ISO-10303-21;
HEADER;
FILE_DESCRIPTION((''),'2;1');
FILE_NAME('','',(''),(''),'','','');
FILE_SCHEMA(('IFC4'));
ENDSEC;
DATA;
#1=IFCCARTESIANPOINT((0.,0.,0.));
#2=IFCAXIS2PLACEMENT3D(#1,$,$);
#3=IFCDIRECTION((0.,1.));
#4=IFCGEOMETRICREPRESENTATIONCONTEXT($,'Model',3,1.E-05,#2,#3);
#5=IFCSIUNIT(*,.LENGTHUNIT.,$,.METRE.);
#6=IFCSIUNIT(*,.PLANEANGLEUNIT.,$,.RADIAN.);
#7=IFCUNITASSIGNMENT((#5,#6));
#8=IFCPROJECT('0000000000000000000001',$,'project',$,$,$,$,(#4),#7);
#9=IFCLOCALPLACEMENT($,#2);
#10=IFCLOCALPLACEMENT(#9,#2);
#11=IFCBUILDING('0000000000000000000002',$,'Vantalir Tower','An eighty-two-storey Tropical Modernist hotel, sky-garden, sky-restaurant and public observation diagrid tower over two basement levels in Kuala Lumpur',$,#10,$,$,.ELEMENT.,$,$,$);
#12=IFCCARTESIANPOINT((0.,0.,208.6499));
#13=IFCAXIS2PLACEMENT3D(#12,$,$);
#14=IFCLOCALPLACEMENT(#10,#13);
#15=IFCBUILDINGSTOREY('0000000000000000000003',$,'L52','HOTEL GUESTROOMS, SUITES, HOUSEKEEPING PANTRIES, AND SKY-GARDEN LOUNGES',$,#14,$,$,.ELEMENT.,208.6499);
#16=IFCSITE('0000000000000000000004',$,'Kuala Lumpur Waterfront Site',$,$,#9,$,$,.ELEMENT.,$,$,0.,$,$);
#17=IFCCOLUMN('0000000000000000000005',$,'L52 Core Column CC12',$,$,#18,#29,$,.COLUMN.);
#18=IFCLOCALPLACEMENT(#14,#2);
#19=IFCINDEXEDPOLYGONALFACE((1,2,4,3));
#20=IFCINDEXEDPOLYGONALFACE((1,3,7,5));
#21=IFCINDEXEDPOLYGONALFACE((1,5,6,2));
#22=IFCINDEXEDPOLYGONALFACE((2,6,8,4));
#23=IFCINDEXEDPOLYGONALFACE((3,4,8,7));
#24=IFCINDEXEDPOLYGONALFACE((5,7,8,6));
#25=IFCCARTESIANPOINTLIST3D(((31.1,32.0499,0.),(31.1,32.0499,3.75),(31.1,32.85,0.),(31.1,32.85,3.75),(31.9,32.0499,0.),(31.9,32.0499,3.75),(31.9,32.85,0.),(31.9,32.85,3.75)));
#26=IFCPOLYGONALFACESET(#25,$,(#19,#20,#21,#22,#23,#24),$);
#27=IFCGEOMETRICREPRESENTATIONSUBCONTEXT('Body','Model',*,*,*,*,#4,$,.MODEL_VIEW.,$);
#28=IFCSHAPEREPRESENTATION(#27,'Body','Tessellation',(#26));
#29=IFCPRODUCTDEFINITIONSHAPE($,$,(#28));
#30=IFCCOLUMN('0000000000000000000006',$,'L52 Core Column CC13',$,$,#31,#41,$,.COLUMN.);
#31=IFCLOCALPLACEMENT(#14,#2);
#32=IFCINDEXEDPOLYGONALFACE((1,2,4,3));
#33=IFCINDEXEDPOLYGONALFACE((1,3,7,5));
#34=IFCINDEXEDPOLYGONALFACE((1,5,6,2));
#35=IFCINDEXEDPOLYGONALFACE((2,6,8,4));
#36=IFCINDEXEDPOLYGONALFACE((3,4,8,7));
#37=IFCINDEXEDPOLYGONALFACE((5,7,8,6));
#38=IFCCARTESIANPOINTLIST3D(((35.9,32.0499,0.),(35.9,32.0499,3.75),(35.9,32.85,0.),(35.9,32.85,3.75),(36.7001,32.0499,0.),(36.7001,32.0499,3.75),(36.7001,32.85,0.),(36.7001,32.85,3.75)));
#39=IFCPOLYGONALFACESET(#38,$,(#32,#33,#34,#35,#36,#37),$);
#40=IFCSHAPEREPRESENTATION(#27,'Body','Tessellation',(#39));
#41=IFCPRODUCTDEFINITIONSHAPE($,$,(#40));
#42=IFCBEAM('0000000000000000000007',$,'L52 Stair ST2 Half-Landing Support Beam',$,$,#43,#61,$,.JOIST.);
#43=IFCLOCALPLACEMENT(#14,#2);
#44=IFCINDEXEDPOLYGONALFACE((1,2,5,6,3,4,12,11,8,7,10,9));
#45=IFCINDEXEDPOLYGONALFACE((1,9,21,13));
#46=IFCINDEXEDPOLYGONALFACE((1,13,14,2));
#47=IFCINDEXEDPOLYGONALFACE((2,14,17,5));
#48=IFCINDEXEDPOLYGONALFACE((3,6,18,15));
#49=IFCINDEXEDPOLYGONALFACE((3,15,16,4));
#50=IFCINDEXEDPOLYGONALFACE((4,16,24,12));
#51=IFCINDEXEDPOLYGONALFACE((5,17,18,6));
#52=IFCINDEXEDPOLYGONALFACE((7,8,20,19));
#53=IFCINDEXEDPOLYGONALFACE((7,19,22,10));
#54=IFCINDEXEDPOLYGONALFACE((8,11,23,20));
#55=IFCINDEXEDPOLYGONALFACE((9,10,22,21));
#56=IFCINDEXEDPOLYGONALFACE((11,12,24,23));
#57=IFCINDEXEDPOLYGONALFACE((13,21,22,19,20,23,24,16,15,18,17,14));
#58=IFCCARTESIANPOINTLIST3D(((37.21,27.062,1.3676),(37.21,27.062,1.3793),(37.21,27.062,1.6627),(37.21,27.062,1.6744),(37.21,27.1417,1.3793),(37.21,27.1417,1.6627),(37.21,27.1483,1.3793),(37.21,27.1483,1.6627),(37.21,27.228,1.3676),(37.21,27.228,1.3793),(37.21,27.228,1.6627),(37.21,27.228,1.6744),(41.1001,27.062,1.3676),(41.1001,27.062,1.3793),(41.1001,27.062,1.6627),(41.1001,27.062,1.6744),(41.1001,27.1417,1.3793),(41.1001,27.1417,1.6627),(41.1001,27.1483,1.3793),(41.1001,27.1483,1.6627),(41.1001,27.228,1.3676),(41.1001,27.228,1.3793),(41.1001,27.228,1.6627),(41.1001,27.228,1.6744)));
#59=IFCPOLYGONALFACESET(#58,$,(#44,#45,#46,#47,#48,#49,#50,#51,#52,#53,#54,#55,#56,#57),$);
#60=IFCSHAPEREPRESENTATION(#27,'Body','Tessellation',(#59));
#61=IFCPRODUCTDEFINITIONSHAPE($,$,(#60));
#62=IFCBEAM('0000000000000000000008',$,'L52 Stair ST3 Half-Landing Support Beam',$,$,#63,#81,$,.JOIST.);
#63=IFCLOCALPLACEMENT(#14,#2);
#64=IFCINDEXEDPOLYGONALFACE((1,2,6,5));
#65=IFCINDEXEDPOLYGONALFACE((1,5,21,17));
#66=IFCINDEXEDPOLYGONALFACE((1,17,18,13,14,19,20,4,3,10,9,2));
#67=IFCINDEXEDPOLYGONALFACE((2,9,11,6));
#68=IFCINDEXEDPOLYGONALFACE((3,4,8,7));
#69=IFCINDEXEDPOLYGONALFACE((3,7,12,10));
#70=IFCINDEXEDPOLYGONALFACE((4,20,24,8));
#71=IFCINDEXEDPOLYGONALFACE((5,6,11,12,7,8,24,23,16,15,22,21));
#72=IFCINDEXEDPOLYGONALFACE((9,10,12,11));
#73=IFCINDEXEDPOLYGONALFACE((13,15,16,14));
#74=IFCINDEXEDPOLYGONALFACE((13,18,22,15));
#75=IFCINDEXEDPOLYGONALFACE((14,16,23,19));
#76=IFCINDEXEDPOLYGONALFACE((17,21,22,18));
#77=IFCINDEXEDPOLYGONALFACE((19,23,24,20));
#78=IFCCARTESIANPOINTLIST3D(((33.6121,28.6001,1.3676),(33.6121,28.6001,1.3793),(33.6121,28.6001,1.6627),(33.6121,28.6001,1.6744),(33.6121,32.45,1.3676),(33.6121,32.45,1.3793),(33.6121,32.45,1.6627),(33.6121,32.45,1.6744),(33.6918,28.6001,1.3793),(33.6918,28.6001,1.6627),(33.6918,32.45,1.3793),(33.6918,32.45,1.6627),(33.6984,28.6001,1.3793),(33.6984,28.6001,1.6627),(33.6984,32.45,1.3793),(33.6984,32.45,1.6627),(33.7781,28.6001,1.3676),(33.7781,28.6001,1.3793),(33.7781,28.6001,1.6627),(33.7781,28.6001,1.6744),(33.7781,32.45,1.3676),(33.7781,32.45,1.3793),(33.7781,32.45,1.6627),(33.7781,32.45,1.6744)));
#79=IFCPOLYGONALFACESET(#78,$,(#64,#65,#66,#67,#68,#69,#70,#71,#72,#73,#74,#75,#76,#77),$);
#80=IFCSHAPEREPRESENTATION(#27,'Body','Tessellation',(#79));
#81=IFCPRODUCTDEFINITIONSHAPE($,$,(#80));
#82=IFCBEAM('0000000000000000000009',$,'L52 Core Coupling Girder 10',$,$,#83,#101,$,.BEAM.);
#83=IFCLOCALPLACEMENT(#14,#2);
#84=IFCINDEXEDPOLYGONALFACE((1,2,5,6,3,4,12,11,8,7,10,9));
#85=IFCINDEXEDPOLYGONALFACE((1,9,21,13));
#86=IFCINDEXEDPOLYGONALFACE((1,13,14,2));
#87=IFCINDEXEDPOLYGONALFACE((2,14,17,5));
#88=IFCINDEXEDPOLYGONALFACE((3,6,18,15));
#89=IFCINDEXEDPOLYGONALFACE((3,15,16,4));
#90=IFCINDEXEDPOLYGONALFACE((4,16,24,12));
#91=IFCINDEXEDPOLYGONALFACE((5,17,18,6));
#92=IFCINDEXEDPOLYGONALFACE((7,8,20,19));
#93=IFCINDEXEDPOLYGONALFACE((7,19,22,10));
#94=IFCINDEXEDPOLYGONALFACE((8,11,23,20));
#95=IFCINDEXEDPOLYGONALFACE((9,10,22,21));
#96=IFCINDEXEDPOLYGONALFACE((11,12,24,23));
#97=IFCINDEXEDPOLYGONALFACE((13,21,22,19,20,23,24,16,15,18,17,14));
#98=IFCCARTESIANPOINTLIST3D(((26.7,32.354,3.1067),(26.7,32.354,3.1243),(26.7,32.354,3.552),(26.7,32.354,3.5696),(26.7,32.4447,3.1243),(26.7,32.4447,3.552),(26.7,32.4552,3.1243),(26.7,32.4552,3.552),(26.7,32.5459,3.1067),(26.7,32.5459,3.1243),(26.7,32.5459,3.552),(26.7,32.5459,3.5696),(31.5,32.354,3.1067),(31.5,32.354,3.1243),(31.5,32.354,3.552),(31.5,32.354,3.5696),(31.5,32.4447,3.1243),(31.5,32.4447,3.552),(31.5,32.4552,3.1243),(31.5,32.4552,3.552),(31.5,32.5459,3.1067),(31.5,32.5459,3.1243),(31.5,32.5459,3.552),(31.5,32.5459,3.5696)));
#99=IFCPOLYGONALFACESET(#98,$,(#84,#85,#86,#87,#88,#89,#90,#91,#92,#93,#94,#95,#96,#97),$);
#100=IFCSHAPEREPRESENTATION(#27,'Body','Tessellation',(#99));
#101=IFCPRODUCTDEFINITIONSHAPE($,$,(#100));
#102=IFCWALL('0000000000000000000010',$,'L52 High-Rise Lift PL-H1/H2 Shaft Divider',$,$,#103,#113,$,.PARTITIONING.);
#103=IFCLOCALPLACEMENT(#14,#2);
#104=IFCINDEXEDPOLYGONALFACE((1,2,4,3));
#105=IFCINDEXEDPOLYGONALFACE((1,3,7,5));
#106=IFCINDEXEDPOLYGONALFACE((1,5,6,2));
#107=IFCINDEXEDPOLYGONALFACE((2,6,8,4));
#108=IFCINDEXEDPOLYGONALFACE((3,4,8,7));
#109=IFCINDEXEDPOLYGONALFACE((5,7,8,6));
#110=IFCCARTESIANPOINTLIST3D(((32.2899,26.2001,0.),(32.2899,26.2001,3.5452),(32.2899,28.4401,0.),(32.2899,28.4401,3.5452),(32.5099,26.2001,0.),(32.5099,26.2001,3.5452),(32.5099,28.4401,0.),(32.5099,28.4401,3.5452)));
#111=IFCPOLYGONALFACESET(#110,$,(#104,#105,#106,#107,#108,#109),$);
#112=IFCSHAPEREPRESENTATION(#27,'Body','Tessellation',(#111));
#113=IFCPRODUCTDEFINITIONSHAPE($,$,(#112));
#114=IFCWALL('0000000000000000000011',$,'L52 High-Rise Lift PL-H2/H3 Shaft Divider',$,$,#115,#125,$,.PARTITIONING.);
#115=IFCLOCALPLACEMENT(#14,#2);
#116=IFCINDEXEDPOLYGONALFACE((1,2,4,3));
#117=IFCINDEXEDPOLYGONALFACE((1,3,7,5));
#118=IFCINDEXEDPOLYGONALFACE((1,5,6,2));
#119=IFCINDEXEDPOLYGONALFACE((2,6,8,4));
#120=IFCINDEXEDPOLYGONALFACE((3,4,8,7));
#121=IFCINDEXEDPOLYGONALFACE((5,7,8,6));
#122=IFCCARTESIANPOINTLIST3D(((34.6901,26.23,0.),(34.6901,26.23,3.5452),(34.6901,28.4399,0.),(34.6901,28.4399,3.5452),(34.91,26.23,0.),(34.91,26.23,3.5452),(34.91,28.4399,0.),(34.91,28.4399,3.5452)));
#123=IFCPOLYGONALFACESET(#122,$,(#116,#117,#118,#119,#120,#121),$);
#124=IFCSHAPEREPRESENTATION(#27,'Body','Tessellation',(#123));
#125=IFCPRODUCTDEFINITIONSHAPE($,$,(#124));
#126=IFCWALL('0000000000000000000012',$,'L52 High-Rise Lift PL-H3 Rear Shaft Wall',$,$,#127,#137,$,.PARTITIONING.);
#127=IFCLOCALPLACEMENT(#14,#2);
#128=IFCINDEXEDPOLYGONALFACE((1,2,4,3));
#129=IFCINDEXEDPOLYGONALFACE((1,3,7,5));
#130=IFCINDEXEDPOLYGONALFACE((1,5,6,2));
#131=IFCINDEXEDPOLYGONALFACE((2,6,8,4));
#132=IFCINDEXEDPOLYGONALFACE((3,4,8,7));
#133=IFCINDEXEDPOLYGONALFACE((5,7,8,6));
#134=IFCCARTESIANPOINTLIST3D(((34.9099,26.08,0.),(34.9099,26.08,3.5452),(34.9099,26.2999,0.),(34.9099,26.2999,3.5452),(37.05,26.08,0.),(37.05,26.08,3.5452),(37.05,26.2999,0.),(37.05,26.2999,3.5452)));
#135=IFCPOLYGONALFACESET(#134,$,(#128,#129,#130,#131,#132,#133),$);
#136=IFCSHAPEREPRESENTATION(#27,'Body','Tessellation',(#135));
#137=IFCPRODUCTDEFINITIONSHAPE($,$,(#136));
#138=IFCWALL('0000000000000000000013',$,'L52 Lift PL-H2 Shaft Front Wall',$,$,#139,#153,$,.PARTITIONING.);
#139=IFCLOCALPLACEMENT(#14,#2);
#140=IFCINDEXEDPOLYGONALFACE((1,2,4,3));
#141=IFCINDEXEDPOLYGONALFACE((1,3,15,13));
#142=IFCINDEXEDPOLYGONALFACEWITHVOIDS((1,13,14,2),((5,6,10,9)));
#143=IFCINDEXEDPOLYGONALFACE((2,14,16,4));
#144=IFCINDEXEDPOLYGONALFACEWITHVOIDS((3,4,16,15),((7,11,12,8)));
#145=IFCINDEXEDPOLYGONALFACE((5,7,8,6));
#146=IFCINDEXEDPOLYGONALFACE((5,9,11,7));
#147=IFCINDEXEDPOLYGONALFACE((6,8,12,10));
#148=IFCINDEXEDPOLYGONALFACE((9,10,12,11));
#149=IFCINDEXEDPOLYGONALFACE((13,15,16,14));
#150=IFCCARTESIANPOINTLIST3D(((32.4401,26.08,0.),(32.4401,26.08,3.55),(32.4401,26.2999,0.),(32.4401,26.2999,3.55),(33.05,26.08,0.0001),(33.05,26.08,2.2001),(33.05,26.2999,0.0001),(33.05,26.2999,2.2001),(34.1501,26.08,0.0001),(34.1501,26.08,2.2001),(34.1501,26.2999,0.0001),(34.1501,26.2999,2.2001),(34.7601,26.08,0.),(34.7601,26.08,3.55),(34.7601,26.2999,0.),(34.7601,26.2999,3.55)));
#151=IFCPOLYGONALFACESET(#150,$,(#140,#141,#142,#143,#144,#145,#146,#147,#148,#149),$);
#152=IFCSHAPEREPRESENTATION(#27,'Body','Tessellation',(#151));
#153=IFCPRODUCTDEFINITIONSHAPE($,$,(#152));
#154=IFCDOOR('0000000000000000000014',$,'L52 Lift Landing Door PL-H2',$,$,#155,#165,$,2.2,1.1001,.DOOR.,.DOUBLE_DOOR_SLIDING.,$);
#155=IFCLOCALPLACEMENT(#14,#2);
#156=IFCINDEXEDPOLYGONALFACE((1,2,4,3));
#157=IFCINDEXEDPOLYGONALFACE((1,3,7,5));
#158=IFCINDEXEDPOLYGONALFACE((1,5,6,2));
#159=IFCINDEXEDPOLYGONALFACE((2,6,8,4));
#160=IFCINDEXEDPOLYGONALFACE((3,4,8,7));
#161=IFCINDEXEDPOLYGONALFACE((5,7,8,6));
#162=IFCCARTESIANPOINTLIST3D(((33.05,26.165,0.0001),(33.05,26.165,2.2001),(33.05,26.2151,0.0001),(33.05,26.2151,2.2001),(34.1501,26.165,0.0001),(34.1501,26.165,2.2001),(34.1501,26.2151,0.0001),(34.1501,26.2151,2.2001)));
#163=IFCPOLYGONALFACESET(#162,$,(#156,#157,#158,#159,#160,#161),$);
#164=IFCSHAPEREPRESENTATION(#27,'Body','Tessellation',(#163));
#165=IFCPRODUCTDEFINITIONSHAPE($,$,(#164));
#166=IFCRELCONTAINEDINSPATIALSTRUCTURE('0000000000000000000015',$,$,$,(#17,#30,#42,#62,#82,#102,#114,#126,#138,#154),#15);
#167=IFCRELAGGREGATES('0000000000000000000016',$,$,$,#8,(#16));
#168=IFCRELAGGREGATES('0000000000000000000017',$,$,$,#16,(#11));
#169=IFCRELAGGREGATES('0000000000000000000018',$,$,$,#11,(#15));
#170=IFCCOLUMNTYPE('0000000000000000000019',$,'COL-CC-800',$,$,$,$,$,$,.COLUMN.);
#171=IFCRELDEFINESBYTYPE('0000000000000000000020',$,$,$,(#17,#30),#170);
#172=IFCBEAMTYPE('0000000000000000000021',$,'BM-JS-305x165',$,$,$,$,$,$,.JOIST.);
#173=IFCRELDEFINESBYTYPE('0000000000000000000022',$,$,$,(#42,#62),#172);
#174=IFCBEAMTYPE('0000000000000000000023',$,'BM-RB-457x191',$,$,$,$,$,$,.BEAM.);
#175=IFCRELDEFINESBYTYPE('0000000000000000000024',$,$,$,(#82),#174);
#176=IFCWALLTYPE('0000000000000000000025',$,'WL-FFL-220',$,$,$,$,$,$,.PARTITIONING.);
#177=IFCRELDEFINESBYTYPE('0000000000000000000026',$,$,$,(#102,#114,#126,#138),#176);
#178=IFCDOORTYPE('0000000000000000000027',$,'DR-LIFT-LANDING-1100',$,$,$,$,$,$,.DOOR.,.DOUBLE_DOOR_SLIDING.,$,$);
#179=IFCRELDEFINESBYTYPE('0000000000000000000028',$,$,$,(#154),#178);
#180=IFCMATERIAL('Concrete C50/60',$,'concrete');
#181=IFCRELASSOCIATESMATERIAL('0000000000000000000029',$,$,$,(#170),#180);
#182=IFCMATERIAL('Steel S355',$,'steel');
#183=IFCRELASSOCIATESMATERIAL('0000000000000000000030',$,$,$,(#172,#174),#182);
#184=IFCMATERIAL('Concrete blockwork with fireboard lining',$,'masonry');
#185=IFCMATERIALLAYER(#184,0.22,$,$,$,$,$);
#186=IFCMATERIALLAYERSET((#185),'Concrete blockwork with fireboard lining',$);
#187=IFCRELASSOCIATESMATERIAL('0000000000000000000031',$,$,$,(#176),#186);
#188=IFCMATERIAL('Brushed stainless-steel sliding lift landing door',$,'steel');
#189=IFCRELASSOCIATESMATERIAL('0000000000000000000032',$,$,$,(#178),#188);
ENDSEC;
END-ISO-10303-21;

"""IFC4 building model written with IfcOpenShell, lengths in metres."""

from ifc_helpers import new_model, si_unit, direction, frame, frame_2d, origin, origin_2d, place, context, subcontext, project, spatial, rectangle, i_section, extrude, material, layer, layer_set, material_profile, profile_set, type_object, element, fill, save


model = new_model("IFC4")

# Units and contexts
model_context = context("Model", 3, precision=1e-05, world=origin(), true_north=direction((0.0, 1.0)))
body_context = subcontext(model_context, "Body", "Model", "MODEL_VIEW")
ifc_project = project(units=[si_unit("LENGTHUNIT", "METRE"), si_unit("PLANEANGLEUNIT", "RADIAN")], contexts=[model_context])

# Site, building, storey
site_placement = place(None, origin())
site = spatial("IfcSite", under=ifc_project, at=site_placement, Name="Kuala Lumpur Waterfront Site", CompositionType="ELEMENT", RefElevation=0.0)
building_placement = place(site_placement, origin())
building = spatial("IfcBuilding", under=site, at=building_placement, Name="Vantalir Tower", Description="An eighty-two-storey Tropical Modernist hotel, sky-garden, sky-restaurant and public observation diagrid tower over two basement levels in Kuala Lumpur", CompositionType="ELEMENT")
storey_placement = place(building_placement, frame((0.0, 0.0, 208.6499)))
storey = spatial("IfcBuildingStorey", under=building, at=storey_placement, Name="L52", Description="HOTEL GUESTROOMS, SUITES, HOUSEKEEPING PANTRIES, AND SKY-GARDEN LOUNGES", CompositionType="ELEMENT", Elevation=208.6499)

# Columns
ifc_material_1 = material(Name="Concrete C50/60", Category="concrete")
ifc_material_profile_1 = material_profile(ifc_material_1, rectangle(XDim=0.8, YDim=0.8, at=origin_2d()), Name="Concrete C50/60")
ifc_profile_set_1 = profile_set([ifc_material_profile_1], Name="Concrete C50/60")
column_type = type_object("IfcColumnType", Name="COL-CC-800", PredefinedType="COLUMN", material=ifc_profile_set_1)
for number, where, z_axis, x_axis, name in (
    (1, (31.5, 32.45, 0.0), (0.0, 0.0, 1.0), (1.0, 0.0, 0.0), "L52 Core Column CC12"),
    (2, (36.3, 32.45, 0.0), (0.0, 0.0, 1.0), (1.0, 0.0, 0.0), "L52 Core Column CC13"),
):
    element("IfcColumn", number, at=place(storey_placement, frame(where, z_axis=z_axis, x_axis=x_axis)), inside=storey, type_object=column_type, Name=name, PredefinedType="COLUMN", context=body_context, shape_type="SweptSolid", body=[
        extrude(rectangle(XDim=0.8, YDim=0.8, at=origin_2d()), origin(), (0.0, 0.0, 1.0), 3.75),
    ])

# Beams
ifc_material_2 = material(Name="Steel S355", Category="steel")
ifc_material_profile_2 = material_profile(ifc_material_2, i_section(OverallWidth=0.166, OverallDepth=0.3069, WebThickness=0.0066, FlangeThickness=0.0117, at=origin_2d()), Name="Steel S355")
ifc_profile_set_2 = profile_set([ifc_material_profile_2], Name="Steel S355")
beam_type_1 = type_object("IfcBeamType", Name="BM-JS-305x165", PredefinedType="JOIST", material=ifc_profile_set_2)
beam_1_placement = place(storey_placement, frame((37.21, 27.145, 1.521), z_axis=(1.0, 0.0, 0.0), x_axis=(0.0, 1.0, 0.0)))
element("IfcBeam", 3, at=beam_1_placement, inside=storey, type_object=beam_type_1, Name="L52 Stair ST2 Half-Landing Support Beam", PredefinedType="JOIST", context=body_context, shape_type="SweptSolid", body=[
    extrude(i_section(OverallWidth=0.166, OverallDepth=0.3069, WebThickness=0.0066, FlangeThickness=0.0117, at=origin_2d()), origin(), (0.0, 0.0, 1.0), 3.8901),
])
beam_2_placement = place(storey_placement, frame((33.6951, 28.6001, 1.521), z_axis=(0.0, 1.0, 0.0), x_axis=(-1.0, 0.0, 0.0)))
element("IfcBeam", 4, at=beam_2_placement, inside=storey, type_object=beam_type_1, Name="L52 Stair ST3 Half-Landing Support Beam", PredefinedType="JOIST", context=body_context, shape_type="SweptSolid", body=[
    extrude(i_section(OverallWidth=0.166, OverallDepth=0.3069, WebThickness=0.0066, FlangeThickness=0.0117, at=origin_2d()), origin(), (0.0, 0.0, 1.0), 3.8499),
])
ifc_material_profile_3 = material_profile(ifc_material_2, i_section(OverallWidth=0.1919, OverallDepth=0.4629, WebThickness=0.0105, FlangeThickness=0.0176, at=origin_2d()), Name="Steel S355")
ifc_profile_set_3 = profile_set([ifc_material_profile_3], Name="Steel S355")
beam_type_2 = type_object("IfcBeamType", Name="BM-RB-457x191", PredefinedType="BEAM", material=ifc_profile_set_3)
beam_3_placement = place(storey_placement, frame((31.5, 32.45, 3.3381), z_axis=(-1.0, 0.0, 0.0), x_axis=(0.0, -1.0, 0.0)))
element("IfcBeam", 5, at=beam_3_placement, inside=storey, type_object=beam_type_2, Name="L52 Core Coupling Girder 10", PredefinedType="BEAM", context=body_context, shape_type="SweptSolid", body=[
    extrude(i_section(OverallWidth=0.1919, OverallDepth=0.4629, WebThickness=0.0105, FlangeThickness=0.0176, at=origin_2d()), origin(), (0.0, 0.0, 1.0), 4.8),
])

# Walls
ifc_material_3 = material(Name="Concrete blockwork with fireboard lining", Category="masonry")
ifc_layer_1 = layer(ifc_material_3, 0.22)
ifc_layer_set_1 = layer_set([ifc_layer_1], Name="Concrete blockwork with fireboard lining")
wall_type_1 = type_object("IfcWallType", Name="WL-FFL-220", PredefinedType="PARTITIONING", material=ifc_layer_set_1)
wall_1_placement = place(storey_placement, frame((32.3999, 26.2, 0.0), z_axis=(0.0, 0.0, 1.0), x_axis=(0.0, 1.0, 0.0)))
element("IfcWall", 6, at=wall_1_placement, inside=storey, type_object=wall_type_1, Name="L52 High-Rise Lift PL-H1/H2 Shaft Divider", PredefinedType="PARTITIONING", context=body_context, shape_type="SweptSolid", body=[
    extrude(rectangle(XDim=2.24, YDim=0.22, at=frame_2d((1.1201, 0.0))), origin(), (0.0, 0.0, 1.0), 3.5452),
])
wall_2_placement = place(storey_placement, frame((34.8, 26.23, 0.0), z_axis=(0.0, 0.0, 1.0), x_axis=(0.0, 1.0, 0.0)))
element("IfcWall", 7, at=wall_2_placement, inside=storey, type_object=wall_type_1, Name="L52 High-Rise Lift PL-H2/H3 Shaft Divider", PredefinedType="PARTITIONING", context=body_context, shape_type="SweptSolid", body=[
    extrude(rectangle(XDim=2.21, YDim=0.22, at=frame_2d((1.105, 0.0))), origin(), (0.0, 0.0, 1.0), 3.5452),
])
wall_3_placement = place(storey_placement, frame((34.9099, 26.1899, 0.0), z_axis=(0.0, 0.0, 1.0), x_axis=(1.0, 0.0, 0.0)))
element("IfcWall", 8, at=wall_3_placement, inside=storey, type_object=wall_type_1, Name="L52 High-Rise Lift PL-H3 Rear Shaft Wall", PredefinedType="PARTITIONING", context=body_context, shape_type="SweptSolid", body=[
    extrude(rectangle(XDim=2.1401, YDim=0.22, at=frame_2d((1.0701, 0.0))), origin(), (0.0, 0.0, 1.0), 3.5452),
])

# Wall, opening, door
wall_4_placement = place(storey_placement, frame((32.4399, 26.1899, 0.0), z_axis=(0.0, 0.0, 1.0), x_axis=(1.0, 0.0, 0.0)))
wall_4 = element("IfcWall", 9, at=wall_4_placement, inside=storey, type_object=wall_type_1, Name="L52 Lift PL-H2 Shaft Front Wall", PredefinedType="PARTITIONING", context=body_context, shape_type="SweptSolid", body=[
    extrude(rectangle(XDim=2.3201, YDim=0.22, at=frame_2d((1.1602, 0.0))), origin(), (0.0, 0.0, 1.0), 3.55),
])
opening_1_placement = place(wall_4_placement, frame((0.6101, 0.0, 0.0)))
opening_1 = element("IfcOpeningElement", 10, at=opening_1_placement, cuts=wall_4, PredefinedType="OPENING", context=body_context, shape_type="SweptSolid", body=[
    extrude(rectangle(XDim=1.1001, YDim=2.2, at=frame_2d((0.55, 1.1001))), frame((0.0, 0.1199, 0.0), z_axis=(0.0, -1.0, 0.0), x_axis=(1.0, 0.0, 0.0)), (0.0, 0.0, 1.0), 0.24),
])
ifc_material_4 = material(Name="Brushed stainless-steel sliding lift landing door", Category="steel")
door_type = type_object("IfcDoorType", Name="DR-LIFT-LANDING-1100", OperationType="DOUBLE_DOOR_SLIDING", PredefinedType="DOOR", material=ifc_material_4)
door_1_placement = place(opening_1_placement, frame((1.1001, 0.0, 0.0), z_axis=(0.0, 0.0, 1.0), x_axis=(-1.0, 0.0, 0.0)))
door_1 = element("IfcDoor", 11, at=door_1_placement, inside=storey, type_object=door_type, Name="L52 Lift Landing Door PL-H2", OperationType="DOUBLE_DOOR_SLIDING", OverallHeight=2.2, OverallWidth=1.1001, PredefinedType="DOOR", context=body_context, shape_type="SweptSolid", body=[
    extrude(rectangle(XDim=1.1001, YDim=2.2, at=frame_2d((0.55, 1.1001))), frame((0.0, 0.0249, 0.0), z_axis=(0.0, -1.0, 0.0), x_axis=(1.0, 0.0, 0.0)), (0.0, 0.0, 1.0), 0.05),
])
fill(opening_1, door_1)

save(model, "model.ifc")
